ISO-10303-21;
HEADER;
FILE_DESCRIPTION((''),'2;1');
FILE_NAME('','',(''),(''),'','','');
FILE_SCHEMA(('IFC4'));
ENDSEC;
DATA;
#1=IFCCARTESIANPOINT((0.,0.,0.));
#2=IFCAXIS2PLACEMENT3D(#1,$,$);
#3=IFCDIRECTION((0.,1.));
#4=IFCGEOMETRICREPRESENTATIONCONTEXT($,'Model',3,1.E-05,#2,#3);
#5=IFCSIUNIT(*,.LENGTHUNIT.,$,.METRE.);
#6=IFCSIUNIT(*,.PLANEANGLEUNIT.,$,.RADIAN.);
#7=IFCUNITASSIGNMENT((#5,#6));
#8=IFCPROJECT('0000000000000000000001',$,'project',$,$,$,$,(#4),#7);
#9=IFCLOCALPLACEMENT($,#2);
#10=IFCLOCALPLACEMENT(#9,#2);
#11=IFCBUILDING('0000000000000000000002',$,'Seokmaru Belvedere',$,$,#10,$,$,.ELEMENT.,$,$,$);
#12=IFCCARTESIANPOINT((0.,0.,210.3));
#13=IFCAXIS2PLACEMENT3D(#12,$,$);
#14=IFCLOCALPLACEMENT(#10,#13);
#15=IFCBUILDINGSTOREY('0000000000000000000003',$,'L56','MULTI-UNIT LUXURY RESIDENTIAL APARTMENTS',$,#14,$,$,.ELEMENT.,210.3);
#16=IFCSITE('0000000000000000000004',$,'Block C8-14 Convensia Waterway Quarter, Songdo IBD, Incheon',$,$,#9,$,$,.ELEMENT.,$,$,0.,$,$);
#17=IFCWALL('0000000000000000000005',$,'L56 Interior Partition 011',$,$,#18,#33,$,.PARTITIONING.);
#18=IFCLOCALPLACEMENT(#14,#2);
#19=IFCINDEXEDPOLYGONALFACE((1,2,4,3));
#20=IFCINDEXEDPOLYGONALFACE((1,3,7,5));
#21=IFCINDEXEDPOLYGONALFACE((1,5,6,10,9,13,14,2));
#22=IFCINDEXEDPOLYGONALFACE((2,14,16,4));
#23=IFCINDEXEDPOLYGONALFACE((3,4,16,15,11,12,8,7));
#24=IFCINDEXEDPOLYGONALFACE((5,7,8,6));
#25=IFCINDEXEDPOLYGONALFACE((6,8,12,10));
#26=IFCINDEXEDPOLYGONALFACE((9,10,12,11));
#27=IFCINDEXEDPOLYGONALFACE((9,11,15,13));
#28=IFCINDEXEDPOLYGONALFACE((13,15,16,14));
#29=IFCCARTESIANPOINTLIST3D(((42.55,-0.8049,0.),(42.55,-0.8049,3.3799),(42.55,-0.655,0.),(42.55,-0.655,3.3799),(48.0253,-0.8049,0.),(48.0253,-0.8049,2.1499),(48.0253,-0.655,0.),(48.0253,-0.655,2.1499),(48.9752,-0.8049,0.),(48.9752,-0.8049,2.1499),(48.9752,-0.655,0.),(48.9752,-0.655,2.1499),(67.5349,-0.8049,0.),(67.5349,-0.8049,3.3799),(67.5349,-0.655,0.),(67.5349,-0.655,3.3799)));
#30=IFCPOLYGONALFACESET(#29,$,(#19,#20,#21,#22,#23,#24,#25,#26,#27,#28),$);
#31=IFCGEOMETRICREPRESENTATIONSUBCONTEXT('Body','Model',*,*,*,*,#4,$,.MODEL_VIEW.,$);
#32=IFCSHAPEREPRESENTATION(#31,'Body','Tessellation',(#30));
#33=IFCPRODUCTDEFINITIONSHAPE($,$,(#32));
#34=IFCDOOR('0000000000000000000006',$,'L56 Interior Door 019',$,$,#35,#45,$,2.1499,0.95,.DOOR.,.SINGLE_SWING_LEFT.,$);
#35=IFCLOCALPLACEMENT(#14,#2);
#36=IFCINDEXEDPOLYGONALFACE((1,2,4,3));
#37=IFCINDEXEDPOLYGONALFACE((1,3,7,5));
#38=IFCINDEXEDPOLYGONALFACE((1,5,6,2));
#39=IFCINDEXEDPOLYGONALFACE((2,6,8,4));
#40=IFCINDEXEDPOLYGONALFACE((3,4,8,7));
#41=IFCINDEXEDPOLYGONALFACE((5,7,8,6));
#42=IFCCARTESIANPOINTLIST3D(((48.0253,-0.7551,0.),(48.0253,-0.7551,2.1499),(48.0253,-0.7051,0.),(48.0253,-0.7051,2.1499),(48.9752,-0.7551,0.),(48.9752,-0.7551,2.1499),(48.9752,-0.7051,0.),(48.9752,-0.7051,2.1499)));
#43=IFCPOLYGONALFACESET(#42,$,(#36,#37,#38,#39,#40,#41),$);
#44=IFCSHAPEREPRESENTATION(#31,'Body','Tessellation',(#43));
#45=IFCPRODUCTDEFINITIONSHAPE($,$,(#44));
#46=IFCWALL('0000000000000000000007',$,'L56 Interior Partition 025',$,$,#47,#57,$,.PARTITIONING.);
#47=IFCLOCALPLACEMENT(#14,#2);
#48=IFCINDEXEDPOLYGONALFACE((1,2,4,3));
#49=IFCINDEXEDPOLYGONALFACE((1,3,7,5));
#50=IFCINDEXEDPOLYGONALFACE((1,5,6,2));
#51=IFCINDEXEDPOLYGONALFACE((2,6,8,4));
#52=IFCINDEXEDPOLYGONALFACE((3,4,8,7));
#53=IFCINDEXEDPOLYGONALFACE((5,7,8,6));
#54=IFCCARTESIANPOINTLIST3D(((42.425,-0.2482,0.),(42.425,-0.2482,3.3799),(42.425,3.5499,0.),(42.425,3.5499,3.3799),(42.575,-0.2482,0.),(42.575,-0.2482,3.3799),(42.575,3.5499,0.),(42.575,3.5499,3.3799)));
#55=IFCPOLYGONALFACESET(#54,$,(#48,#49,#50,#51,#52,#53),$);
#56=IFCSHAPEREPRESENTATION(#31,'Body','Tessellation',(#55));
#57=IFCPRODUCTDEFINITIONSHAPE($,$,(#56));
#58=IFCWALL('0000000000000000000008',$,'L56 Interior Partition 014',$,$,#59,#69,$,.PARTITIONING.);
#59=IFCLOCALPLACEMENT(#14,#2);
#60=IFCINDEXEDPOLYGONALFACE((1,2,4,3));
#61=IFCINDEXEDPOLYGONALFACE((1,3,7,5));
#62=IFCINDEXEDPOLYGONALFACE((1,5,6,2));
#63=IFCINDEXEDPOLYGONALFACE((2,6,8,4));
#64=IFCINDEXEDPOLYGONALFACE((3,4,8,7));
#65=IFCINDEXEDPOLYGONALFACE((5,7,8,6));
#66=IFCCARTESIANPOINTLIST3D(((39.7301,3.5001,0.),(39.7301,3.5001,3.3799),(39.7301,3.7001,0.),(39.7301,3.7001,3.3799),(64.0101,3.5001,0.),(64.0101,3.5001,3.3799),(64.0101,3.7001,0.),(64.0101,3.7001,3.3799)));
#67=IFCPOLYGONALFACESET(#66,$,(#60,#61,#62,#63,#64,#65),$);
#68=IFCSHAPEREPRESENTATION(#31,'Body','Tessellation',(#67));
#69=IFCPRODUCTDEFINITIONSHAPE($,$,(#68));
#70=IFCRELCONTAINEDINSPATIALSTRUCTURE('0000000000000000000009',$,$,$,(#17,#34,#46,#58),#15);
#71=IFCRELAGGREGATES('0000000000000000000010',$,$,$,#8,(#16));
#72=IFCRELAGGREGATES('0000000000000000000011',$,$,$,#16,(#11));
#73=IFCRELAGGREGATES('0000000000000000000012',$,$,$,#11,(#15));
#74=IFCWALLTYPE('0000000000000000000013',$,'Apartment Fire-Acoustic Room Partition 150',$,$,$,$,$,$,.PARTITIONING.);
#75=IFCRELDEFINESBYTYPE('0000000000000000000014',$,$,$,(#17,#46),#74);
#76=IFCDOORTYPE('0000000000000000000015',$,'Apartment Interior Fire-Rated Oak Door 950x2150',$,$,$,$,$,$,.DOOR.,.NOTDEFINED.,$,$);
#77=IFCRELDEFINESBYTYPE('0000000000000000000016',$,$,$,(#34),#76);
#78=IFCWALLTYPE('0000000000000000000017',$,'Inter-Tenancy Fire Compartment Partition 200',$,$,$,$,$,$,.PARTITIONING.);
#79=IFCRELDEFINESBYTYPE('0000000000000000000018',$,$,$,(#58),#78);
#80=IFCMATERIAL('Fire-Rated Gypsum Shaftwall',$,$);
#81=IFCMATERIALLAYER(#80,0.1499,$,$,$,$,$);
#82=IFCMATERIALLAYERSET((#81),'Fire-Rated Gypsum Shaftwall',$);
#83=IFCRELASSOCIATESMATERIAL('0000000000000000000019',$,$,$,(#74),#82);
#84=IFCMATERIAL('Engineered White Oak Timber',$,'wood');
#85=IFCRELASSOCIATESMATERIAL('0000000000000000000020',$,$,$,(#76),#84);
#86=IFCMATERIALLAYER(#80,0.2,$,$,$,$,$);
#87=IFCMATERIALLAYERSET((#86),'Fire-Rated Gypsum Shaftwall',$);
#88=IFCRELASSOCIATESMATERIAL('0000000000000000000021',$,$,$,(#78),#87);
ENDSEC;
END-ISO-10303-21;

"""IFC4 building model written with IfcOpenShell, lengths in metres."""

from ifc_helpers import new_model, si_unit, direction, frame, frame_2d, origin, place, context, subcontext, project, spatial, rectangle, extrude, source, transform, mapped, material, layer, layer_set, type_object, type_shapes, element, fill, save


model = new_model("IFC4")

# Units and contexts
model_context = context("Model", 3, precision=1e-05, world=origin(), true_north=direction((0.0, 1.0)))
body_context = subcontext(model_context, "Body", "Model", "MODEL_VIEW")
ifc_project = project(units=[si_unit("LENGTHUNIT", "METRE"), si_unit("PLANEANGLEUNIT", "RADIAN")], contexts=[model_context])

# Site, building, storey
site_placement = place(None, origin())
site = spatial("IfcSite", under=ifc_project, at=site_placement, Name="Block C8-14 Convensia Waterway Quarter, Songdo IBD, Incheon", CompositionType="ELEMENT", RefElevation=0.0)
building_placement = place(site_placement, origin())
building = spatial("IfcBuilding", under=site, at=building_placement, Name="Seokmaru Belvedere", CompositionType="ELEMENT")
storey_placement = place(building_placement, frame((0.0, 0.0, 210.3)))
storey = spatial("IfcBuildingStorey", under=building, at=storey_placement, Name="L56", Description="MULTI-UNIT LUXURY RESIDENTIAL APARTMENTS", CompositionType="ELEMENT", Elevation=210.3)

# Wall, opening, door
ifc_material_1 = material(Name="Fire-Rated Gypsum Shaftwall")
ifc_layer_1 = layer(ifc_material_1, 0.1499)
ifc_layer_set_1 = layer_set([ifc_layer_1], Name="Fire-Rated Gypsum Shaftwall")
wall_type_1 = type_object("IfcWallType", Name="Apartment Fire-Acoustic Room Partition 150", PredefinedType="PARTITIONING", material=ifc_layer_set_1)
wall_1_placement = place(storey_placement, frame((42.55, -0.73, 0.0), z_axis=(0.0, 0.0, 1.0), x_axis=(1.0, 0.0, 0.0)))
wall_1 = element("IfcWall", 1, at=wall_1_placement, inside=storey, type_object=wall_type_1, Name="L56 Interior Partition 011", PredefinedType="PARTITIONING", context=body_context, shape_type="SweptSolid", body=[
    extrude(rectangle(XDim=24.9849, YDim=0.1499, at=frame_2d((12.4924, 0.0))), origin(), (0.0, 0.0, 1.0), 3.3799),
])
opening_1_placement = place(wall_1_placement, frame((5.4751, 0.0, 0.0)))
opening_1 = element("IfcOpeningElement", 2, at=opening_1_placement, cuts=wall_1, PredefinedType="OPENING", context=body_context, shape_type="SweptSolid", body=[
    extrude(rectangle(XDim=0.95, YDim=2.1499, at=frame_2d((0.4751, 1.075))), frame((0.0, 0.085, 0.0), z_axis=(0.0, -1.0, 0.0), x_axis=(1.0, 0.0, 0.0)), (0.0, 0.0, 1.0), 0.1699),
])
ifc_material_2 = material(Name="Engineered White Oak Timber", Category="wood")
door_type_1 = type_object("IfcDoorType", Name="Apartment Interior Fire-Rated Oak Door 950x2150", OperationType="NOTDEFINED", PredefinedType="DOOR", material=ifc_material_2)
shared_shape_1 = source(origin(), body_context, "Body", "SweptSolid", [
    extrude(rectangle(XDim=0.95, YDim=2.1499, at=frame_2d((0.4751, 1.075))), frame((0.0, 0.0249, 0.0), z_axis=(0.0, -1.0, 0.0), x_axis=(1.0, 0.0, 0.0)), (0.0, 0.0, 1.0), 0.05),
])
type_shapes(door_type_1, [shared_shape_1])
door_1_placement = place(opening_1_placement, origin())
door_1 = element("IfcDoor", 3, at=door_1_placement, inside=storey, type_object=door_type_1, Name="L56 Interior Door 019", OperationType="SINGLE_SWING_LEFT", OverallHeight=2.1499, OverallWidth=0.95, PredefinedType="DOOR", context=body_context, shape_type="MappedRepresentation", body=[
    mapped(shared_shape_1, transform((0.0, 0.0, 0.0), scale=1.0)),
])
fill(opening_1, door_1)

# Walls
wall_2_placement = place(storey_placement, frame((42.5, -0.248, 0.0), z_axis=(0.0, 0.0, 1.0), x_axis=(0.0, 1.0, 0.0)))
element("IfcWall", 4, at=wall_2_placement, inside=storey, type_object=wall_type_1, Name="L56 Interior Partition 025", PredefinedType="PARTITIONING", context=body_context, shape_type="SweptSolid", body=[
    extrude(rectangle(XDim=3.7981, YDim=0.1499, at=frame_2d((1.8989, 0.0))), origin(), (0.0, 0.0, 1.0), 3.3799),
])
ifc_layer_2 = layer(ifc_material_1, 0.2)
ifc_layer_set_2 = layer_set([ifc_layer_2], Name="Fire-Rated Gypsum Shaftwall")
wall_type_2 = type_object("IfcWallType", Name="Inter-Tenancy Fire Compartment Partition 200", PredefinedType="PARTITIONING", material=ifc_layer_set_2)
wall_3_placement = place(storey_placement, frame((39.73, 3.6001, 0.0), z_axis=(0.0, 0.0, 1.0), x_axis=(1.0, 0.0, 0.0)))
element("IfcWall", 5, at=wall_3_placement, inside=storey, type_object=wall_type_2, Name="L56 Interior Partition 014", PredefinedType="PARTITIONING", context=body_context, shape_type="SweptSolid", body=[
    extrude(rectangle(XDim=24.28, YDim=0.2, at=frame_2d((12.1401, 0.0))), origin(), (0.0, 0.0, 1.0), 3.3799),
])

save(model, "model.ifc")
